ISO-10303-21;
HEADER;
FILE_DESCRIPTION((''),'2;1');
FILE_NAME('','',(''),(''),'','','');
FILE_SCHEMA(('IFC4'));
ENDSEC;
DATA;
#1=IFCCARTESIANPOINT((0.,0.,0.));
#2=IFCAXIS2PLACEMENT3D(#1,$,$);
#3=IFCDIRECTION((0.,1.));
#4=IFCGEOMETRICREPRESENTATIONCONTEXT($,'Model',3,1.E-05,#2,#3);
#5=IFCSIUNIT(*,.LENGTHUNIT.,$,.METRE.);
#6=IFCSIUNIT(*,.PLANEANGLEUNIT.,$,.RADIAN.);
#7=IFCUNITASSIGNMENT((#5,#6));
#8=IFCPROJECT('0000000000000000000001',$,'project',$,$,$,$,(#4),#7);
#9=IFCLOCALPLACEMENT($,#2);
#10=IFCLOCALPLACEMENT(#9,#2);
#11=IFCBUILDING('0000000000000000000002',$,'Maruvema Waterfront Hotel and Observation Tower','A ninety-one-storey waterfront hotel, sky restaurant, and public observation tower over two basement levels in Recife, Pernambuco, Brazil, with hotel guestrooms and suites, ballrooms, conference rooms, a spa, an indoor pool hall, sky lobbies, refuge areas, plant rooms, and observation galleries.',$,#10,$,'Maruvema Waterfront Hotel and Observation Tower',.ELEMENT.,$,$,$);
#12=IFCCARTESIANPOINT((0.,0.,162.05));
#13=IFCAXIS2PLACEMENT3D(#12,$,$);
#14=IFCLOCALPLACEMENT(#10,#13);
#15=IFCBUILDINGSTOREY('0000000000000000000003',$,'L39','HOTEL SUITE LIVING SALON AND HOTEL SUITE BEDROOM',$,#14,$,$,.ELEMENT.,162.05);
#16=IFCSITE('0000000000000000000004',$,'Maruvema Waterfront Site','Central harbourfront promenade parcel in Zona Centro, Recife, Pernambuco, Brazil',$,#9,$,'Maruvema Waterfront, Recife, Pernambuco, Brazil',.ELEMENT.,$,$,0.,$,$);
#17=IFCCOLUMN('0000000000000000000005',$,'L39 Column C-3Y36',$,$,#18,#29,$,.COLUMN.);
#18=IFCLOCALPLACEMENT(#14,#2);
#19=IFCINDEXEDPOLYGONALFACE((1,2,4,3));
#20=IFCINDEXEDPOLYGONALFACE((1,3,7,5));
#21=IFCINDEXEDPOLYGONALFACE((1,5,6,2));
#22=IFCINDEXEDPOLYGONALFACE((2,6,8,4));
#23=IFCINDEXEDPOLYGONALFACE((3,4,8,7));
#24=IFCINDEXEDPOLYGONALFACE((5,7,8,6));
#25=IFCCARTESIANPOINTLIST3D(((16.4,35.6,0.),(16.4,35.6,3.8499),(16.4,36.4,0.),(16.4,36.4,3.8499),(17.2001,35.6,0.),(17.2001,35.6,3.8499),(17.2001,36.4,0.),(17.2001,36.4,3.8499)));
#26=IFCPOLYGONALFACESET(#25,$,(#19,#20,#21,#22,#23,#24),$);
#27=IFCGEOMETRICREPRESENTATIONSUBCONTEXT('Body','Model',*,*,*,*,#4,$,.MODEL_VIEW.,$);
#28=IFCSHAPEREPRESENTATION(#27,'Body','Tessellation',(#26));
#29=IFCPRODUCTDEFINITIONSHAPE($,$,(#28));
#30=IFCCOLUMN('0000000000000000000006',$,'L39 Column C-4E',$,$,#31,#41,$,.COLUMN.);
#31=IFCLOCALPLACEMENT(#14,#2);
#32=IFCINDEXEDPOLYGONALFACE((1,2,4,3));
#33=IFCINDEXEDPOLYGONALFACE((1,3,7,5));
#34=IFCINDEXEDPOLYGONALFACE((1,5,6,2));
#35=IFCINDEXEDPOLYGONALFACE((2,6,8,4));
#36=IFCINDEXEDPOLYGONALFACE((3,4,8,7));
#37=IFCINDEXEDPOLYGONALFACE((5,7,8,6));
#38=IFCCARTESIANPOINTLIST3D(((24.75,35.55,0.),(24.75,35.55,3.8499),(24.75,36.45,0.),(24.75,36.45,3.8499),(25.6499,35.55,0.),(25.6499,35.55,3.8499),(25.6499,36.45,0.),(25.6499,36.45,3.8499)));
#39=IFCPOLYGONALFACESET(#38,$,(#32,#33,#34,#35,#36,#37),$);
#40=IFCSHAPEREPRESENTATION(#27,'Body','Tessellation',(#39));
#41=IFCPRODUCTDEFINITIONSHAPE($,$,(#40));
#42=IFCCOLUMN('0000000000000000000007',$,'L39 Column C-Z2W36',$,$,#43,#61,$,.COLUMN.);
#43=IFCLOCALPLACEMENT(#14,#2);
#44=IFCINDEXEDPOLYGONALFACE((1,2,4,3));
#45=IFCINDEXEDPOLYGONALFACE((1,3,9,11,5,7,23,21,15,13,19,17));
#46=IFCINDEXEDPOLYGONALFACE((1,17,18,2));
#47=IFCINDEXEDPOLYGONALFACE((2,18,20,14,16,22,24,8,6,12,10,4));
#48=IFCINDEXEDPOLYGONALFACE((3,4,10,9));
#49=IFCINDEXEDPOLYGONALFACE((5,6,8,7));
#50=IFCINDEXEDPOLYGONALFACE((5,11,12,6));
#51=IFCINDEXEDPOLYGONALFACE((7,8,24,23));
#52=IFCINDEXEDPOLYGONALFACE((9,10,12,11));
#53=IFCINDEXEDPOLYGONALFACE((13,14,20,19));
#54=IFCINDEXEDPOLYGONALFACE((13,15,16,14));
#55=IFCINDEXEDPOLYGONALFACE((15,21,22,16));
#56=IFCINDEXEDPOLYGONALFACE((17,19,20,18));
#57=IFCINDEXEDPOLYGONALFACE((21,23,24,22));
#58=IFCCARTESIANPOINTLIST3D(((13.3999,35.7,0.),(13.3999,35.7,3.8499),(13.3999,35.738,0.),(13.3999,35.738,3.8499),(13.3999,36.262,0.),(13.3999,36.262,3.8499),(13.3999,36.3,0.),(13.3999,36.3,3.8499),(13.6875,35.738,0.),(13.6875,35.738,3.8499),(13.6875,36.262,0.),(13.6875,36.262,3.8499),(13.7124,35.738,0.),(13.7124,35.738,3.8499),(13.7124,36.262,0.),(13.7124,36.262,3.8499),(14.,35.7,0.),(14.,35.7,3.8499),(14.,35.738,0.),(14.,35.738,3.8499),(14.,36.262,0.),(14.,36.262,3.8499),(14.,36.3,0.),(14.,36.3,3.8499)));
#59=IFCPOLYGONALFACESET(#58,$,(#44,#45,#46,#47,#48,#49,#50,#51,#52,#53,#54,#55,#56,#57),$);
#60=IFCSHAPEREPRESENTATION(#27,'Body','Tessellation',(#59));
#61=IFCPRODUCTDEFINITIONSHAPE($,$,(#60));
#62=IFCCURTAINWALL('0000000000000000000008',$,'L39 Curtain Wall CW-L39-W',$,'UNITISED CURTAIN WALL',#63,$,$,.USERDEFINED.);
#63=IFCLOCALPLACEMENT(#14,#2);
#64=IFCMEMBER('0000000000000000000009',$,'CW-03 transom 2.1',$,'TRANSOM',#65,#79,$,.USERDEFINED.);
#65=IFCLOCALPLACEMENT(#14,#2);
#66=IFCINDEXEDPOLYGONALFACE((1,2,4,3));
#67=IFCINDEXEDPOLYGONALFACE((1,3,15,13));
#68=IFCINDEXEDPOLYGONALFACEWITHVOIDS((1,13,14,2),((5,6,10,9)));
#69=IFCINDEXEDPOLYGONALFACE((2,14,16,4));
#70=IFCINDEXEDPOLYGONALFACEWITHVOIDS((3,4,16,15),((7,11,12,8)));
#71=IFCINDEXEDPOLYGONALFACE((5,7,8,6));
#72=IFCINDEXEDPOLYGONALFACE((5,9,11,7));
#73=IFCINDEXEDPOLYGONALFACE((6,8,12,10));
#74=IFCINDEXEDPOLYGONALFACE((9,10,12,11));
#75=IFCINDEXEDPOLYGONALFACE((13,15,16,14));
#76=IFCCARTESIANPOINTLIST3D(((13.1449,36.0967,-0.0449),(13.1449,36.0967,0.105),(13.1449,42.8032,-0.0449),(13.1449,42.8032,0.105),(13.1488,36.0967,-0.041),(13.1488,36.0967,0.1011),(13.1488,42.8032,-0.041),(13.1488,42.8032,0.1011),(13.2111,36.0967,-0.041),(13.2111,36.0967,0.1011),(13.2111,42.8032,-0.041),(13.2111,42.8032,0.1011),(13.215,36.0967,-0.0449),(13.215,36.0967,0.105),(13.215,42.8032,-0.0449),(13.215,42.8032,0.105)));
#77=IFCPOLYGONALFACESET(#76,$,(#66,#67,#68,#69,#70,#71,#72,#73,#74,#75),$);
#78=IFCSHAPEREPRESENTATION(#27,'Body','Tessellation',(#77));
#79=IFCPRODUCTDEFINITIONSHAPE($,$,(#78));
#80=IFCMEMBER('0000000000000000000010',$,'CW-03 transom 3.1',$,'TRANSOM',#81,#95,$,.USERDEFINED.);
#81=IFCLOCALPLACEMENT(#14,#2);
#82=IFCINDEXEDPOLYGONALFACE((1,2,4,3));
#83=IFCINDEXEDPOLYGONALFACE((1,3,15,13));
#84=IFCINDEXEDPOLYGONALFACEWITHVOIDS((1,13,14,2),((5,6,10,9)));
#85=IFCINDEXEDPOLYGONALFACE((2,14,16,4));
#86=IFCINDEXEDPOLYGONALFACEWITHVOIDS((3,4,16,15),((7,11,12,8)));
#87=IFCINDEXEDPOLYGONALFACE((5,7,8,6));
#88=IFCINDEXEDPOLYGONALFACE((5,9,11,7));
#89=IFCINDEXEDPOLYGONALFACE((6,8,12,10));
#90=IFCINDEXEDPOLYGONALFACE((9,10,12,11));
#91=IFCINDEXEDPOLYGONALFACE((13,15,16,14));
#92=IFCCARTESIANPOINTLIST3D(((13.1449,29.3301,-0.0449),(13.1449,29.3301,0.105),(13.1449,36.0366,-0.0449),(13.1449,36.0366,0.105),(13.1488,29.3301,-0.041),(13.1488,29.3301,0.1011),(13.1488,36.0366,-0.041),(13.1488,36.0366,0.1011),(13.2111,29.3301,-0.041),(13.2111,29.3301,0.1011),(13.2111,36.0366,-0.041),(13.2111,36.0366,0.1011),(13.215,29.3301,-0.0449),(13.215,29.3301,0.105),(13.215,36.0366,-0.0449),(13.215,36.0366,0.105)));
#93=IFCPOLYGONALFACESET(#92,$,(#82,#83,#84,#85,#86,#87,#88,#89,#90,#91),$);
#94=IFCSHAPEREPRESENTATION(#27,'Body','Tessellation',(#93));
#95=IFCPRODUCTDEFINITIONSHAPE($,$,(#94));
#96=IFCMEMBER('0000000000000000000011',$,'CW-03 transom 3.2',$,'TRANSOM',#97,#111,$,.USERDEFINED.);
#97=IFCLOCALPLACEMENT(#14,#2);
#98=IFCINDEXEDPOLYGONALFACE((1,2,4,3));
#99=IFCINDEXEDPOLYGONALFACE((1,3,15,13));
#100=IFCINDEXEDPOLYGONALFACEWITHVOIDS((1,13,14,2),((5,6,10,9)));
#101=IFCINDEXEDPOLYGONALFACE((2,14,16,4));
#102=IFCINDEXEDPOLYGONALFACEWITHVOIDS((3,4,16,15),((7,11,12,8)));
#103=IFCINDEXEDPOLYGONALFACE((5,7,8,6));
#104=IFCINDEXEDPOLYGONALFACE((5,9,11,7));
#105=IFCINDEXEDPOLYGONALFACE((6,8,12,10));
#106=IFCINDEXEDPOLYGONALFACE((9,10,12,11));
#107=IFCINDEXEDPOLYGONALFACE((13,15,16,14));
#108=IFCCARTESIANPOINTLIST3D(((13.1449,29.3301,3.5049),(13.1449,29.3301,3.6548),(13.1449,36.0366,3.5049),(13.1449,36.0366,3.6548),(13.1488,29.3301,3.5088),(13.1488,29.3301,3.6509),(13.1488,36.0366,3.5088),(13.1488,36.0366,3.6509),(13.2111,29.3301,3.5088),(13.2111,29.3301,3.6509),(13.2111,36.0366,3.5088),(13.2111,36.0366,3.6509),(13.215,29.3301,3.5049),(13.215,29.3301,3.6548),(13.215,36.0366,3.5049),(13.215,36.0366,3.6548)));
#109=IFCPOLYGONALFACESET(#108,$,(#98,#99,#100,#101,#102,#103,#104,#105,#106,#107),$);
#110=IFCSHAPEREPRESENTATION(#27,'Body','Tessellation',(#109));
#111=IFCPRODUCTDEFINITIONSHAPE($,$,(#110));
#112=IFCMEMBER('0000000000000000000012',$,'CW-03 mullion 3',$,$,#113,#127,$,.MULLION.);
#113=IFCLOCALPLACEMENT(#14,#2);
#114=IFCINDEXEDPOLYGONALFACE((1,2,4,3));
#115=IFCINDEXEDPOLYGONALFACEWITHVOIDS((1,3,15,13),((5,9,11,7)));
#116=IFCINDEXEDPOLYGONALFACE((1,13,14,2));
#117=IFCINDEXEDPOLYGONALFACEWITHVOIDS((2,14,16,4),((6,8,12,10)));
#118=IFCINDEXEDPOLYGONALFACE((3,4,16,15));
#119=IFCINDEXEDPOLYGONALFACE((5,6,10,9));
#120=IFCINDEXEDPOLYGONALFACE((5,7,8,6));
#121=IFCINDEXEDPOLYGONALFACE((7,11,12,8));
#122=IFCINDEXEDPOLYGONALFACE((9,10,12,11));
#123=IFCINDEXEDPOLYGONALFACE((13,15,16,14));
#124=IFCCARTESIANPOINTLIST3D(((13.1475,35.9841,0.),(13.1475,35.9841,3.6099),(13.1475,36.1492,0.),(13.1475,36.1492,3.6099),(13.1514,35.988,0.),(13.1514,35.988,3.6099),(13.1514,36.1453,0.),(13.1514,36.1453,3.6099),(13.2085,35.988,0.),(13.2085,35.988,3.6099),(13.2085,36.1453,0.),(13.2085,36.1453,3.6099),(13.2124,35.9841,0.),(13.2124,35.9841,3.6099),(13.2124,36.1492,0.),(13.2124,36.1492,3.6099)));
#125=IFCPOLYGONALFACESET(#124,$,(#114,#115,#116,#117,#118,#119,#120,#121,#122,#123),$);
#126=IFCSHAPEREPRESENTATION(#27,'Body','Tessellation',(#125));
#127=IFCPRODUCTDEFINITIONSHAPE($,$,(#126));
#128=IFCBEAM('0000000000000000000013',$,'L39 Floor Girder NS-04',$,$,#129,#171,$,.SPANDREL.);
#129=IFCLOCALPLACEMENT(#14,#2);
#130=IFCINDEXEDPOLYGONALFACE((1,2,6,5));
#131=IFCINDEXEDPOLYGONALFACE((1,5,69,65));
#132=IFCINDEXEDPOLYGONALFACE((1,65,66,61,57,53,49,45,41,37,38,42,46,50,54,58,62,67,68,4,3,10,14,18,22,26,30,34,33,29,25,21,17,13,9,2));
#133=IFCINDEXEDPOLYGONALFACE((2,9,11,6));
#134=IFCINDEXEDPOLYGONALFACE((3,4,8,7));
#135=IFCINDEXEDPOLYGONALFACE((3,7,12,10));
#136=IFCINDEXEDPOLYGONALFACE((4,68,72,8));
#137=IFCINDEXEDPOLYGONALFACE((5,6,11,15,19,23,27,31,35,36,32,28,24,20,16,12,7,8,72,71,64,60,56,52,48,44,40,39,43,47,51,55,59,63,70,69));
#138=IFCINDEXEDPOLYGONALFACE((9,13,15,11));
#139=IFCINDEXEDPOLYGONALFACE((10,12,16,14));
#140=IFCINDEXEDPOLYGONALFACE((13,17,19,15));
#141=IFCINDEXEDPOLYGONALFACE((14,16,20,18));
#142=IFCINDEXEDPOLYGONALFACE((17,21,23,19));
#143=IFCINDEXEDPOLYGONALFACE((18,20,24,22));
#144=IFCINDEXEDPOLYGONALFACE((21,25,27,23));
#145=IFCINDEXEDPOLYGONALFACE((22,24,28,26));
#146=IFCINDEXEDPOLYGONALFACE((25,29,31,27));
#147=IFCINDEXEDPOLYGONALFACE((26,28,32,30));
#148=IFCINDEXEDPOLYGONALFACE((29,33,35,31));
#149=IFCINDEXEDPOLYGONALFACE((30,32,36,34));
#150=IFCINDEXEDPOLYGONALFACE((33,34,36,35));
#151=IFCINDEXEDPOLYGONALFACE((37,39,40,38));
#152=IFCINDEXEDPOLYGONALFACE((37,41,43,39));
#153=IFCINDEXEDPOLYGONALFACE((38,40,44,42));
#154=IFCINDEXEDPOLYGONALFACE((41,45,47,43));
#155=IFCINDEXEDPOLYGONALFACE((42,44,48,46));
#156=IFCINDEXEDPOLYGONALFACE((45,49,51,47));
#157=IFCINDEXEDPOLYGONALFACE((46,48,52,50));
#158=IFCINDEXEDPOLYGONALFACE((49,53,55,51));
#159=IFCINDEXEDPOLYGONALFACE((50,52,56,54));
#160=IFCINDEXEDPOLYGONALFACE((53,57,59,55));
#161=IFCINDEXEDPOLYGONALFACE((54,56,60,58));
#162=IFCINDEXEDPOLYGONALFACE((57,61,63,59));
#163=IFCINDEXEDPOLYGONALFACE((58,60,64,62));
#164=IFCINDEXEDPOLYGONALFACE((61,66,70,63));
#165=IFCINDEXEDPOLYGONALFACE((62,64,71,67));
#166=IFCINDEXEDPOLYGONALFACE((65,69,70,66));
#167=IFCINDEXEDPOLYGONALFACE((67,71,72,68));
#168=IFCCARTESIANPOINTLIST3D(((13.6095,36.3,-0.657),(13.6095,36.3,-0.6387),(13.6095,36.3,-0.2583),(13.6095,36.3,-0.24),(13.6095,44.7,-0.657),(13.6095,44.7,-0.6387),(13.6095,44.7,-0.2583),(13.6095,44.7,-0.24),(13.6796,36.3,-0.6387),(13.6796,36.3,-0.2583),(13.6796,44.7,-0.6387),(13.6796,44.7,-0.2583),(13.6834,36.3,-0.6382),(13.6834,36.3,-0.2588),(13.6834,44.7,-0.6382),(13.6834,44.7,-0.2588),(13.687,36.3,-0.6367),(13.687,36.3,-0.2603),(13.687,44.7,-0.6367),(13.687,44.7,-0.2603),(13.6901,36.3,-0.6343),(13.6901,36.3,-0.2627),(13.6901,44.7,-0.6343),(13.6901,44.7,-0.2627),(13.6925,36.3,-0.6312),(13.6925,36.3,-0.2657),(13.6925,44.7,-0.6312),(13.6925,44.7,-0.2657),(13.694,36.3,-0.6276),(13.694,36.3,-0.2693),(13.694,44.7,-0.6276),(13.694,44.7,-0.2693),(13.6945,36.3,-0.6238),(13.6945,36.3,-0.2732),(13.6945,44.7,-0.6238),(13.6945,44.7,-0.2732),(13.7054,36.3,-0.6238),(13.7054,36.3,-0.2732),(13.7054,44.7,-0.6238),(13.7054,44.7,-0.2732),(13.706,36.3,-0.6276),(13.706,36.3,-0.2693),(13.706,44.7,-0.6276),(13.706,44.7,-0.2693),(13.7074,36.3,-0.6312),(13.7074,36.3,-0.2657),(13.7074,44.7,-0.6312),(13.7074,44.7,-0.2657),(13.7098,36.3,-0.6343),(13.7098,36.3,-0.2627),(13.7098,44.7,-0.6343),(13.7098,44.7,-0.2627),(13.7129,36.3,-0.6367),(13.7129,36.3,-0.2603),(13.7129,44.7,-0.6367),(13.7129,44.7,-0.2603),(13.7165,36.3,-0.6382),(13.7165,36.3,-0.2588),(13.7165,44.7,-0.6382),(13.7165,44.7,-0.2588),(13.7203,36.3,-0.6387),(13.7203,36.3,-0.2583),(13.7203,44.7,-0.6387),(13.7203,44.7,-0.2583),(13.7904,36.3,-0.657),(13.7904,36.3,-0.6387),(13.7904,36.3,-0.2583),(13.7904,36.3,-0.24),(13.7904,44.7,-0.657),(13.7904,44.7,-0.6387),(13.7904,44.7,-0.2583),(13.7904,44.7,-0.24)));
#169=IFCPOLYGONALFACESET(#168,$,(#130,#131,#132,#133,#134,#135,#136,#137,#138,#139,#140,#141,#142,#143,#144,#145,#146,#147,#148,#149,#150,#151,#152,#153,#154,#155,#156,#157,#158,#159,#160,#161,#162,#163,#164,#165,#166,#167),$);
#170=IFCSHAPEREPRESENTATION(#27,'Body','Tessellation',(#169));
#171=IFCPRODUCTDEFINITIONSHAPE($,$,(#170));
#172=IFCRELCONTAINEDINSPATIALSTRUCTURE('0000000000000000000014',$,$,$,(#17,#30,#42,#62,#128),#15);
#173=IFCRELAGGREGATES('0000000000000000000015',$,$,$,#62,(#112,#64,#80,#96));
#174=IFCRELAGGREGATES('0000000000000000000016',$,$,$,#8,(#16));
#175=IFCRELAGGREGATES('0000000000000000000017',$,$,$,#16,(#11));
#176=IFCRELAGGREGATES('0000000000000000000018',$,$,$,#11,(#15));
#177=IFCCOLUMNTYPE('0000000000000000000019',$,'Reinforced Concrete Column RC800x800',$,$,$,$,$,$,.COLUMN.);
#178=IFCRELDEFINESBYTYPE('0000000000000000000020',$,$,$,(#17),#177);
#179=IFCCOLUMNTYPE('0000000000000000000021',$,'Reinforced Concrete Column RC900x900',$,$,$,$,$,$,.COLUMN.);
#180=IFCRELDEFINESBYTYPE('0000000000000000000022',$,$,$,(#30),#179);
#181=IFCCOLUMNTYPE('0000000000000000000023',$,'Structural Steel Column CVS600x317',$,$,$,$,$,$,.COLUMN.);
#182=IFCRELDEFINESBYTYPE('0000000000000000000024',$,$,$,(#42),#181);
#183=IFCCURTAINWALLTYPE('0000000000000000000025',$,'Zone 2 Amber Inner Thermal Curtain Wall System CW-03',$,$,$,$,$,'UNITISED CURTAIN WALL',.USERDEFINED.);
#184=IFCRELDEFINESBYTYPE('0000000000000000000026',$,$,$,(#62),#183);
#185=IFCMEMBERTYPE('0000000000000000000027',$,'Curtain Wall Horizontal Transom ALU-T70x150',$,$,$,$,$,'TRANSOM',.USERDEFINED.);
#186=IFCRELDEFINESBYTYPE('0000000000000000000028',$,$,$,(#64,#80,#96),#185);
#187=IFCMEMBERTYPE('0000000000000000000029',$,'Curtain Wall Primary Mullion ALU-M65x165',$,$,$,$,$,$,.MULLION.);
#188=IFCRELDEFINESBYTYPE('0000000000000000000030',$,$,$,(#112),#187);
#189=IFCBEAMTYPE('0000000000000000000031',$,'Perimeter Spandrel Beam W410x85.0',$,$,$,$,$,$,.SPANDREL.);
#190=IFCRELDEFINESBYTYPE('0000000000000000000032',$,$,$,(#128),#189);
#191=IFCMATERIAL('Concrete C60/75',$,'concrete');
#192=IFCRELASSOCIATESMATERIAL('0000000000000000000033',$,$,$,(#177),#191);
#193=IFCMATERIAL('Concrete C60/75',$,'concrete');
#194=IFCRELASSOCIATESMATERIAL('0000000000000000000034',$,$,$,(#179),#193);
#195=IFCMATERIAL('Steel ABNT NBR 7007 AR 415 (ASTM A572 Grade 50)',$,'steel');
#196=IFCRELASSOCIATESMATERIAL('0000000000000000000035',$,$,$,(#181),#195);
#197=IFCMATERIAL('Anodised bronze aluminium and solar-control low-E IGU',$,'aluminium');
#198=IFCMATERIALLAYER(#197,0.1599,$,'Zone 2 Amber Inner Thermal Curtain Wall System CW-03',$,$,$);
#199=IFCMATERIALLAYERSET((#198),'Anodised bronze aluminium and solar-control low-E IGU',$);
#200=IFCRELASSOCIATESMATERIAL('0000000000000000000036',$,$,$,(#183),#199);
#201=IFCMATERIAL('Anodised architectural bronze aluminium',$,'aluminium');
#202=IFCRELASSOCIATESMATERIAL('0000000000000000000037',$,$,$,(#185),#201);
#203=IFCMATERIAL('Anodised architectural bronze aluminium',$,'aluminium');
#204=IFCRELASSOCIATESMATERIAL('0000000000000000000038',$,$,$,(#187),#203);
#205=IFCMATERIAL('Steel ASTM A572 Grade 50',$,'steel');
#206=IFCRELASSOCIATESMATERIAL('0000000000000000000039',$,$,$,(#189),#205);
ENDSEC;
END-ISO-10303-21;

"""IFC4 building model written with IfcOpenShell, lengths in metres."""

from ifc_helpers import new_model, si_unit, direction, frame, origin, origin_2d, place, context, subcontext, project, spatial, rectangle, hollow_rectangle, i_section, extrude, material, layer, layer_set, material_profile, profile_set, type_object, element, aggregate, save


model = new_model("IFC4")

# Units and contexts
model_context = context("Model", 3, precision=1e-05, world=origin(), true_north=direction((0.0, 1.0)))
body_context = subcontext(model_context, "Body", "Model", "MODEL_VIEW")
ifc_project = project(units=[si_unit("LENGTHUNIT", "METRE"), si_unit("PLANEANGLEUNIT", "RADIAN")], contexts=[model_context])

# Site, building, storey
site_placement = place(None, origin())
site = spatial("IfcSite", under=ifc_project, at=site_placement, Name="Maruvema Waterfront Site", Description="Central harbourfront promenade parcel in Zona Centro, Recife, Pernambuco, Brazil", LongName="Maruvema Waterfront, Recife, Pernambuco, Brazil", CompositionType="ELEMENT", RefElevation=0.0)
building_placement = place(site_placement, origin())
building = spatial("IfcBuilding", under=site, at=building_placement, Name="Maruvema Waterfront Hotel and Observation Tower", Description="A ninety-one-storey waterfront hotel, sky restaurant, and public observation tower over two basement levels in Recife, Pernambuco, Brazil, with hotel guestrooms and suites, ballrooms, conference rooms, a spa, an indoor pool hall, sky lobbies, refuge areas, plant rooms, and observation galleries.", LongName="Maruvema Waterfront Hotel and Observation Tower", CompositionType="ELEMENT")
storey_placement = place(building_placement, frame((0.0, 0.0, 162.05)))
storey = spatial("IfcBuildingStorey", under=building, at=storey_placement, Name="L39", Description="HOTEL SUITE LIVING SALON AND HOTEL SUITE BEDROOM", CompositionType="ELEMENT", Elevation=162.05)

# Columns
ifc_material_1 = material(Name="Concrete C60/75", Category="concrete")
ifc_material_profile_1 = material_profile(ifc_material_1, rectangle(XDim=0.8, YDim=0.8, at=origin_2d()), Name="RC800x800")
ifc_profile_set_1 = profile_set([ifc_material_profile_1], Name="Concrete C60/75")
column_type_1 = type_object("IfcColumnType", Name="Reinforced Concrete Column RC800x800", PredefinedType="COLUMN", material=ifc_profile_set_1)
column_1_placement = place(storey_placement, frame((16.8, 36.0, 0.0), z_axis=(0.0, 0.0, 1.0), x_axis=(1.0, 0.0, 0.0)))
element("IfcColumn", 1, at=column_1_placement, inside=storey, type_object=column_type_1, Name="L39 Column C-3Y36", PredefinedType="COLUMN", context=body_context, shape_type="SweptSolid", body=[
    extrude(rectangle(XDim=0.8, YDim=0.8, at=origin_2d()), origin(), (0.0, 0.0, 1.0), 3.8499),
])
ifc_material_2 = material(Name="Concrete C60/75", Category="concrete")
ifc_material_profile_2 = material_profile(ifc_material_2, rectangle(XDim=0.8999, YDim=0.8999, at=origin_2d()), Name="RC900x900")
ifc_profile_set_2 = profile_set([ifc_material_profile_2], Name="Concrete C60/75")
column_type_2 = type_object("IfcColumnType", Name="Reinforced Concrete Column RC900x900", PredefinedType="COLUMN", material=ifc_profile_set_2)
column_2_placement = place(storey_placement, frame((25.2, 36.0, 0.0), z_axis=(0.0, 0.0, 1.0), x_axis=(1.0, 0.0, 0.0)))
element("IfcColumn", 2, at=column_2_placement, inside=storey, type_object=column_type_2, Name="L39 Column C-4E", PredefinedType="COLUMN", context=body_context, shape_type="SweptSolid", body=[
    extrude(rectangle(XDim=0.8999, YDim=0.8999, at=origin_2d()), origin(), (0.0, 0.0, 1.0), 3.8499),
])
ifc_material_3 = material(Name="Steel ABNT NBR 7007 AR 415 (ASTM A572 Grade 50)", Category="steel")
ifc_material_profile_3 = material_profile(ifc_material_3, i_section(OverallWidth=0.6001, OverallDepth=0.6001, WebThickness=0.0249, FlangeThickness=0.0381, at=origin_2d()), Name="CVS600x317")
ifc_profile_set_3 = profile_set([ifc_material_profile_3], Name="Steel ABNT NBR 7007 AR 415 (ASTM A572 Grade 50)")
column_type_3 = type_object("IfcColumnType", Name="Structural Steel Column CVS600x317", PredefinedType="COLUMN", material=ifc_profile_set_3)
column_3_placement = place(storey_placement, frame((13.7, 36.0, 0.0), z_axis=(0.0, 0.0, 1.0), x_axis=(1.0, 0.0, 0.0)))
element("IfcColumn", 3, at=column_3_placement, inside=storey, type_object=column_type_3, Name="L39 Column C-Z2W36", PredefinedType="COLUMN", context=body_context, shape_type="SweptSolid", body=[
    extrude(i_section(OverallWidth=0.6001, OverallDepth=0.6001, WebThickness=0.0249, FlangeThickness=0.0381, at=origin_2d()), origin(), (0.0, 0.0, 1.0), 3.8499),
])

# Curtain wall, members
ifc_material_4 = material(Name="Anodised bronze aluminium and solar-control low-E IGU", Category="aluminium")
ifc_layer_1 = layer(ifc_material_4, 0.1599, Name="Zone 2 Amber Inner Thermal Curtain Wall System CW-03")
ifc_layer_set_1 = layer_set([ifc_layer_1], Name="Anodised bronze aluminium and solar-control low-E IGU")
curtain_wall_type = type_object("IfcCurtainWallType", Name="Zone 2 Amber Inner Thermal Curtain Wall System CW-03", ElementType="UNITISED CURTAIN WALL", PredefinedType="USERDEFINED", material=ifc_layer_set_1)
curtain_wall_placement = place(storey_placement, origin())
curtain_wall = element("IfcCurtainWall", 4, at=curtain_wall_placement, inside=storey, type_object=curtain_wall_type, Name="L39 Curtain Wall CW-L39-W", ObjectType="UNITISED CURTAIN WALL", PredefinedType="USERDEFINED")
ifc_material_5 = material(Name="Anodised architectural bronze aluminium", Category="aluminium")
ifc_material_profile_4 = material_profile(ifc_material_5, hollow_rectangle(XDim=0.0701, YDim=0.1499, WallThickness=0.0039, at=origin_2d()), Name="ALU-T70x150")
ifc_profile_set_4 = profile_set([ifc_material_profile_4], Name="Anodised architectural bronze aluminium")
member_type_1 = type_object("IfcMemberType", Name="Curtain Wall Horizontal Transom ALU-T70x150", ElementType="TRANSOM", PredefinedType="USERDEFINED", material=ifc_profile_set_4)
member_1_placement = place(storey_placement, frame((13.1799, 42.8032, 0.03), z_axis=(0.0, -1.0, 0.0), x_axis=(1.0, 0.0, 0.0)))
member_1 = element("IfcMember", 5, at=member_1_placement, type_object=member_type_1, Name="CW-03 transom 2.1", ObjectType="TRANSOM", PredefinedType="USERDEFINED", context=body_context, shape_type="SweptSolid", body=[
    extrude(hollow_rectangle(XDim=0.0701, YDim=0.1499, WallThickness=0.0039, at=origin_2d()), origin(), (0.0, 0.0, 1.0), 6.7065),
])
member_2_placement = place(storey_placement, frame((13.1799, 36.0366, 0.03), z_axis=(0.0, -1.0, 0.0), x_axis=(1.0, 0.0, 0.0)))
member_2 = element("IfcMember", 6, at=member_2_placement, type_object=member_type_1, Name="CW-03 transom 3.1", ObjectType="TRANSOM", PredefinedType="USERDEFINED", context=body_context, shape_type="SweptSolid", body=[
    extrude(hollow_rectangle(XDim=0.0701, YDim=0.1499, WallThickness=0.0039, at=origin_2d()), origin(), (0.0, 0.0, 1.0), 6.7065),
])
member_3_placement = place(storey_placement, frame((13.1799, 36.0366, 3.5798), z_axis=(0.0, -1.0, 0.0), x_axis=(1.0, 0.0, 0.0)))
member_3 = element("IfcMember", 7, at=member_3_placement, type_object=member_type_1, Name="CW-03 transom 3.2", ObjectType="TRANSOM", PredefinedType="USERDEFINED", context=body_context, shape_type="SweptSolid", body=[
    extrude(hollow_rectangle(XDim=0.0701, YDim=0.1499, WallThickness=0.0039, at=origin_2d()), origin(), (0.0, 0.0, 1.0), 6.7065),
])
ifc_material_6 = material(Name="Anodised architectural bronze aluminium", Category="aluminium")
ifc_material_profile_5 = material_profile(ifc_material_6, hollow_rectangle(XDim=0.0649, YDim=0.165, WallThickness=0.0039, at=origin_2d()), Name="ALU-M65x165")
ifc_profile_set_5 = profile_set([ifc_material_profile_5], Name="Anodised architectural bronze aluminium")
member_type_2 = type_object("IfcMemberType", Name="Curtain Wall Primary Mullion ALU-M65x165", PredefinedType="MULLION", material=ifc_profile_set_5)
member_4_placement = place(storey_placement, frame((13.1799, 36.0667, 0.0), z_axis=(0.0, 0.0, 1.0), x_axis=(1.0, 0.0, 0.0)))
member_4 = element("IfcMember", 8, at=member_4_placement, type_object=member_type_2, Name="CW-03 mullion 3", PredefinedType="MULLION", context=body_context, shape_type="SweptSolid", body=[
    extrude(hollow_rectangle(XDim=0.0649, YDim=0.165, WallThickness=0.0039, at=origin_2d()), origin(), (0.0, 0.0, 1.0), 3.6099),
])

# Beam
ifc_material_7 = material(Name="Steel ASTM A572 Grade 50", Category="steel")
ifc_material_profile_6 = material_profile(ifc_material_7, i_section(OverallWidth=0.1809, OverallDepth=0.417, WebThickness=0.011, FlangeThickness=0.0183, FilletRadius=0.0149, at=origin_2d()), Name="W410x85.0")
ifc_profile_set_6 = profile_set([ifc_material_profile_6], Name="Steel ASTM A572 Grade 50")
beam_type_1 = type_object("IfcBeamType", Name="Perimeter Spandrel Beam W410x85.0", PredefinedType="SPANDREL", material=ifc_profile_set_6)
beam_1_placement = place(storey_placement, frame((13.7, 36.3, -0.4485), z_axis=(0.0, 1.0, 0.0), x_axis=(-1.0, 0.0, 0.0)))
element("IfcBeam", 9, at=beam_1_placement, inside=storey, type_object=beam_type_1, Name="L39 Floor Girder NS-04", PredefinedType="SPANDREL", context=body_context, shape_type="SweptSolid", body=[
    extrude(i_section(OverallWidth=0.1809, OverallDepth=0.417, WebThickness=0.011, FlangeThickness=0.0183, FilletRadius=0.0149, at=origin_2d()), origin(), (0.0, 0.0, 1.0), 8.3999),
])

aggregate(curtain_wall, [member_4, member_1, member_2, member_3])

save(model, "model.ifc")
